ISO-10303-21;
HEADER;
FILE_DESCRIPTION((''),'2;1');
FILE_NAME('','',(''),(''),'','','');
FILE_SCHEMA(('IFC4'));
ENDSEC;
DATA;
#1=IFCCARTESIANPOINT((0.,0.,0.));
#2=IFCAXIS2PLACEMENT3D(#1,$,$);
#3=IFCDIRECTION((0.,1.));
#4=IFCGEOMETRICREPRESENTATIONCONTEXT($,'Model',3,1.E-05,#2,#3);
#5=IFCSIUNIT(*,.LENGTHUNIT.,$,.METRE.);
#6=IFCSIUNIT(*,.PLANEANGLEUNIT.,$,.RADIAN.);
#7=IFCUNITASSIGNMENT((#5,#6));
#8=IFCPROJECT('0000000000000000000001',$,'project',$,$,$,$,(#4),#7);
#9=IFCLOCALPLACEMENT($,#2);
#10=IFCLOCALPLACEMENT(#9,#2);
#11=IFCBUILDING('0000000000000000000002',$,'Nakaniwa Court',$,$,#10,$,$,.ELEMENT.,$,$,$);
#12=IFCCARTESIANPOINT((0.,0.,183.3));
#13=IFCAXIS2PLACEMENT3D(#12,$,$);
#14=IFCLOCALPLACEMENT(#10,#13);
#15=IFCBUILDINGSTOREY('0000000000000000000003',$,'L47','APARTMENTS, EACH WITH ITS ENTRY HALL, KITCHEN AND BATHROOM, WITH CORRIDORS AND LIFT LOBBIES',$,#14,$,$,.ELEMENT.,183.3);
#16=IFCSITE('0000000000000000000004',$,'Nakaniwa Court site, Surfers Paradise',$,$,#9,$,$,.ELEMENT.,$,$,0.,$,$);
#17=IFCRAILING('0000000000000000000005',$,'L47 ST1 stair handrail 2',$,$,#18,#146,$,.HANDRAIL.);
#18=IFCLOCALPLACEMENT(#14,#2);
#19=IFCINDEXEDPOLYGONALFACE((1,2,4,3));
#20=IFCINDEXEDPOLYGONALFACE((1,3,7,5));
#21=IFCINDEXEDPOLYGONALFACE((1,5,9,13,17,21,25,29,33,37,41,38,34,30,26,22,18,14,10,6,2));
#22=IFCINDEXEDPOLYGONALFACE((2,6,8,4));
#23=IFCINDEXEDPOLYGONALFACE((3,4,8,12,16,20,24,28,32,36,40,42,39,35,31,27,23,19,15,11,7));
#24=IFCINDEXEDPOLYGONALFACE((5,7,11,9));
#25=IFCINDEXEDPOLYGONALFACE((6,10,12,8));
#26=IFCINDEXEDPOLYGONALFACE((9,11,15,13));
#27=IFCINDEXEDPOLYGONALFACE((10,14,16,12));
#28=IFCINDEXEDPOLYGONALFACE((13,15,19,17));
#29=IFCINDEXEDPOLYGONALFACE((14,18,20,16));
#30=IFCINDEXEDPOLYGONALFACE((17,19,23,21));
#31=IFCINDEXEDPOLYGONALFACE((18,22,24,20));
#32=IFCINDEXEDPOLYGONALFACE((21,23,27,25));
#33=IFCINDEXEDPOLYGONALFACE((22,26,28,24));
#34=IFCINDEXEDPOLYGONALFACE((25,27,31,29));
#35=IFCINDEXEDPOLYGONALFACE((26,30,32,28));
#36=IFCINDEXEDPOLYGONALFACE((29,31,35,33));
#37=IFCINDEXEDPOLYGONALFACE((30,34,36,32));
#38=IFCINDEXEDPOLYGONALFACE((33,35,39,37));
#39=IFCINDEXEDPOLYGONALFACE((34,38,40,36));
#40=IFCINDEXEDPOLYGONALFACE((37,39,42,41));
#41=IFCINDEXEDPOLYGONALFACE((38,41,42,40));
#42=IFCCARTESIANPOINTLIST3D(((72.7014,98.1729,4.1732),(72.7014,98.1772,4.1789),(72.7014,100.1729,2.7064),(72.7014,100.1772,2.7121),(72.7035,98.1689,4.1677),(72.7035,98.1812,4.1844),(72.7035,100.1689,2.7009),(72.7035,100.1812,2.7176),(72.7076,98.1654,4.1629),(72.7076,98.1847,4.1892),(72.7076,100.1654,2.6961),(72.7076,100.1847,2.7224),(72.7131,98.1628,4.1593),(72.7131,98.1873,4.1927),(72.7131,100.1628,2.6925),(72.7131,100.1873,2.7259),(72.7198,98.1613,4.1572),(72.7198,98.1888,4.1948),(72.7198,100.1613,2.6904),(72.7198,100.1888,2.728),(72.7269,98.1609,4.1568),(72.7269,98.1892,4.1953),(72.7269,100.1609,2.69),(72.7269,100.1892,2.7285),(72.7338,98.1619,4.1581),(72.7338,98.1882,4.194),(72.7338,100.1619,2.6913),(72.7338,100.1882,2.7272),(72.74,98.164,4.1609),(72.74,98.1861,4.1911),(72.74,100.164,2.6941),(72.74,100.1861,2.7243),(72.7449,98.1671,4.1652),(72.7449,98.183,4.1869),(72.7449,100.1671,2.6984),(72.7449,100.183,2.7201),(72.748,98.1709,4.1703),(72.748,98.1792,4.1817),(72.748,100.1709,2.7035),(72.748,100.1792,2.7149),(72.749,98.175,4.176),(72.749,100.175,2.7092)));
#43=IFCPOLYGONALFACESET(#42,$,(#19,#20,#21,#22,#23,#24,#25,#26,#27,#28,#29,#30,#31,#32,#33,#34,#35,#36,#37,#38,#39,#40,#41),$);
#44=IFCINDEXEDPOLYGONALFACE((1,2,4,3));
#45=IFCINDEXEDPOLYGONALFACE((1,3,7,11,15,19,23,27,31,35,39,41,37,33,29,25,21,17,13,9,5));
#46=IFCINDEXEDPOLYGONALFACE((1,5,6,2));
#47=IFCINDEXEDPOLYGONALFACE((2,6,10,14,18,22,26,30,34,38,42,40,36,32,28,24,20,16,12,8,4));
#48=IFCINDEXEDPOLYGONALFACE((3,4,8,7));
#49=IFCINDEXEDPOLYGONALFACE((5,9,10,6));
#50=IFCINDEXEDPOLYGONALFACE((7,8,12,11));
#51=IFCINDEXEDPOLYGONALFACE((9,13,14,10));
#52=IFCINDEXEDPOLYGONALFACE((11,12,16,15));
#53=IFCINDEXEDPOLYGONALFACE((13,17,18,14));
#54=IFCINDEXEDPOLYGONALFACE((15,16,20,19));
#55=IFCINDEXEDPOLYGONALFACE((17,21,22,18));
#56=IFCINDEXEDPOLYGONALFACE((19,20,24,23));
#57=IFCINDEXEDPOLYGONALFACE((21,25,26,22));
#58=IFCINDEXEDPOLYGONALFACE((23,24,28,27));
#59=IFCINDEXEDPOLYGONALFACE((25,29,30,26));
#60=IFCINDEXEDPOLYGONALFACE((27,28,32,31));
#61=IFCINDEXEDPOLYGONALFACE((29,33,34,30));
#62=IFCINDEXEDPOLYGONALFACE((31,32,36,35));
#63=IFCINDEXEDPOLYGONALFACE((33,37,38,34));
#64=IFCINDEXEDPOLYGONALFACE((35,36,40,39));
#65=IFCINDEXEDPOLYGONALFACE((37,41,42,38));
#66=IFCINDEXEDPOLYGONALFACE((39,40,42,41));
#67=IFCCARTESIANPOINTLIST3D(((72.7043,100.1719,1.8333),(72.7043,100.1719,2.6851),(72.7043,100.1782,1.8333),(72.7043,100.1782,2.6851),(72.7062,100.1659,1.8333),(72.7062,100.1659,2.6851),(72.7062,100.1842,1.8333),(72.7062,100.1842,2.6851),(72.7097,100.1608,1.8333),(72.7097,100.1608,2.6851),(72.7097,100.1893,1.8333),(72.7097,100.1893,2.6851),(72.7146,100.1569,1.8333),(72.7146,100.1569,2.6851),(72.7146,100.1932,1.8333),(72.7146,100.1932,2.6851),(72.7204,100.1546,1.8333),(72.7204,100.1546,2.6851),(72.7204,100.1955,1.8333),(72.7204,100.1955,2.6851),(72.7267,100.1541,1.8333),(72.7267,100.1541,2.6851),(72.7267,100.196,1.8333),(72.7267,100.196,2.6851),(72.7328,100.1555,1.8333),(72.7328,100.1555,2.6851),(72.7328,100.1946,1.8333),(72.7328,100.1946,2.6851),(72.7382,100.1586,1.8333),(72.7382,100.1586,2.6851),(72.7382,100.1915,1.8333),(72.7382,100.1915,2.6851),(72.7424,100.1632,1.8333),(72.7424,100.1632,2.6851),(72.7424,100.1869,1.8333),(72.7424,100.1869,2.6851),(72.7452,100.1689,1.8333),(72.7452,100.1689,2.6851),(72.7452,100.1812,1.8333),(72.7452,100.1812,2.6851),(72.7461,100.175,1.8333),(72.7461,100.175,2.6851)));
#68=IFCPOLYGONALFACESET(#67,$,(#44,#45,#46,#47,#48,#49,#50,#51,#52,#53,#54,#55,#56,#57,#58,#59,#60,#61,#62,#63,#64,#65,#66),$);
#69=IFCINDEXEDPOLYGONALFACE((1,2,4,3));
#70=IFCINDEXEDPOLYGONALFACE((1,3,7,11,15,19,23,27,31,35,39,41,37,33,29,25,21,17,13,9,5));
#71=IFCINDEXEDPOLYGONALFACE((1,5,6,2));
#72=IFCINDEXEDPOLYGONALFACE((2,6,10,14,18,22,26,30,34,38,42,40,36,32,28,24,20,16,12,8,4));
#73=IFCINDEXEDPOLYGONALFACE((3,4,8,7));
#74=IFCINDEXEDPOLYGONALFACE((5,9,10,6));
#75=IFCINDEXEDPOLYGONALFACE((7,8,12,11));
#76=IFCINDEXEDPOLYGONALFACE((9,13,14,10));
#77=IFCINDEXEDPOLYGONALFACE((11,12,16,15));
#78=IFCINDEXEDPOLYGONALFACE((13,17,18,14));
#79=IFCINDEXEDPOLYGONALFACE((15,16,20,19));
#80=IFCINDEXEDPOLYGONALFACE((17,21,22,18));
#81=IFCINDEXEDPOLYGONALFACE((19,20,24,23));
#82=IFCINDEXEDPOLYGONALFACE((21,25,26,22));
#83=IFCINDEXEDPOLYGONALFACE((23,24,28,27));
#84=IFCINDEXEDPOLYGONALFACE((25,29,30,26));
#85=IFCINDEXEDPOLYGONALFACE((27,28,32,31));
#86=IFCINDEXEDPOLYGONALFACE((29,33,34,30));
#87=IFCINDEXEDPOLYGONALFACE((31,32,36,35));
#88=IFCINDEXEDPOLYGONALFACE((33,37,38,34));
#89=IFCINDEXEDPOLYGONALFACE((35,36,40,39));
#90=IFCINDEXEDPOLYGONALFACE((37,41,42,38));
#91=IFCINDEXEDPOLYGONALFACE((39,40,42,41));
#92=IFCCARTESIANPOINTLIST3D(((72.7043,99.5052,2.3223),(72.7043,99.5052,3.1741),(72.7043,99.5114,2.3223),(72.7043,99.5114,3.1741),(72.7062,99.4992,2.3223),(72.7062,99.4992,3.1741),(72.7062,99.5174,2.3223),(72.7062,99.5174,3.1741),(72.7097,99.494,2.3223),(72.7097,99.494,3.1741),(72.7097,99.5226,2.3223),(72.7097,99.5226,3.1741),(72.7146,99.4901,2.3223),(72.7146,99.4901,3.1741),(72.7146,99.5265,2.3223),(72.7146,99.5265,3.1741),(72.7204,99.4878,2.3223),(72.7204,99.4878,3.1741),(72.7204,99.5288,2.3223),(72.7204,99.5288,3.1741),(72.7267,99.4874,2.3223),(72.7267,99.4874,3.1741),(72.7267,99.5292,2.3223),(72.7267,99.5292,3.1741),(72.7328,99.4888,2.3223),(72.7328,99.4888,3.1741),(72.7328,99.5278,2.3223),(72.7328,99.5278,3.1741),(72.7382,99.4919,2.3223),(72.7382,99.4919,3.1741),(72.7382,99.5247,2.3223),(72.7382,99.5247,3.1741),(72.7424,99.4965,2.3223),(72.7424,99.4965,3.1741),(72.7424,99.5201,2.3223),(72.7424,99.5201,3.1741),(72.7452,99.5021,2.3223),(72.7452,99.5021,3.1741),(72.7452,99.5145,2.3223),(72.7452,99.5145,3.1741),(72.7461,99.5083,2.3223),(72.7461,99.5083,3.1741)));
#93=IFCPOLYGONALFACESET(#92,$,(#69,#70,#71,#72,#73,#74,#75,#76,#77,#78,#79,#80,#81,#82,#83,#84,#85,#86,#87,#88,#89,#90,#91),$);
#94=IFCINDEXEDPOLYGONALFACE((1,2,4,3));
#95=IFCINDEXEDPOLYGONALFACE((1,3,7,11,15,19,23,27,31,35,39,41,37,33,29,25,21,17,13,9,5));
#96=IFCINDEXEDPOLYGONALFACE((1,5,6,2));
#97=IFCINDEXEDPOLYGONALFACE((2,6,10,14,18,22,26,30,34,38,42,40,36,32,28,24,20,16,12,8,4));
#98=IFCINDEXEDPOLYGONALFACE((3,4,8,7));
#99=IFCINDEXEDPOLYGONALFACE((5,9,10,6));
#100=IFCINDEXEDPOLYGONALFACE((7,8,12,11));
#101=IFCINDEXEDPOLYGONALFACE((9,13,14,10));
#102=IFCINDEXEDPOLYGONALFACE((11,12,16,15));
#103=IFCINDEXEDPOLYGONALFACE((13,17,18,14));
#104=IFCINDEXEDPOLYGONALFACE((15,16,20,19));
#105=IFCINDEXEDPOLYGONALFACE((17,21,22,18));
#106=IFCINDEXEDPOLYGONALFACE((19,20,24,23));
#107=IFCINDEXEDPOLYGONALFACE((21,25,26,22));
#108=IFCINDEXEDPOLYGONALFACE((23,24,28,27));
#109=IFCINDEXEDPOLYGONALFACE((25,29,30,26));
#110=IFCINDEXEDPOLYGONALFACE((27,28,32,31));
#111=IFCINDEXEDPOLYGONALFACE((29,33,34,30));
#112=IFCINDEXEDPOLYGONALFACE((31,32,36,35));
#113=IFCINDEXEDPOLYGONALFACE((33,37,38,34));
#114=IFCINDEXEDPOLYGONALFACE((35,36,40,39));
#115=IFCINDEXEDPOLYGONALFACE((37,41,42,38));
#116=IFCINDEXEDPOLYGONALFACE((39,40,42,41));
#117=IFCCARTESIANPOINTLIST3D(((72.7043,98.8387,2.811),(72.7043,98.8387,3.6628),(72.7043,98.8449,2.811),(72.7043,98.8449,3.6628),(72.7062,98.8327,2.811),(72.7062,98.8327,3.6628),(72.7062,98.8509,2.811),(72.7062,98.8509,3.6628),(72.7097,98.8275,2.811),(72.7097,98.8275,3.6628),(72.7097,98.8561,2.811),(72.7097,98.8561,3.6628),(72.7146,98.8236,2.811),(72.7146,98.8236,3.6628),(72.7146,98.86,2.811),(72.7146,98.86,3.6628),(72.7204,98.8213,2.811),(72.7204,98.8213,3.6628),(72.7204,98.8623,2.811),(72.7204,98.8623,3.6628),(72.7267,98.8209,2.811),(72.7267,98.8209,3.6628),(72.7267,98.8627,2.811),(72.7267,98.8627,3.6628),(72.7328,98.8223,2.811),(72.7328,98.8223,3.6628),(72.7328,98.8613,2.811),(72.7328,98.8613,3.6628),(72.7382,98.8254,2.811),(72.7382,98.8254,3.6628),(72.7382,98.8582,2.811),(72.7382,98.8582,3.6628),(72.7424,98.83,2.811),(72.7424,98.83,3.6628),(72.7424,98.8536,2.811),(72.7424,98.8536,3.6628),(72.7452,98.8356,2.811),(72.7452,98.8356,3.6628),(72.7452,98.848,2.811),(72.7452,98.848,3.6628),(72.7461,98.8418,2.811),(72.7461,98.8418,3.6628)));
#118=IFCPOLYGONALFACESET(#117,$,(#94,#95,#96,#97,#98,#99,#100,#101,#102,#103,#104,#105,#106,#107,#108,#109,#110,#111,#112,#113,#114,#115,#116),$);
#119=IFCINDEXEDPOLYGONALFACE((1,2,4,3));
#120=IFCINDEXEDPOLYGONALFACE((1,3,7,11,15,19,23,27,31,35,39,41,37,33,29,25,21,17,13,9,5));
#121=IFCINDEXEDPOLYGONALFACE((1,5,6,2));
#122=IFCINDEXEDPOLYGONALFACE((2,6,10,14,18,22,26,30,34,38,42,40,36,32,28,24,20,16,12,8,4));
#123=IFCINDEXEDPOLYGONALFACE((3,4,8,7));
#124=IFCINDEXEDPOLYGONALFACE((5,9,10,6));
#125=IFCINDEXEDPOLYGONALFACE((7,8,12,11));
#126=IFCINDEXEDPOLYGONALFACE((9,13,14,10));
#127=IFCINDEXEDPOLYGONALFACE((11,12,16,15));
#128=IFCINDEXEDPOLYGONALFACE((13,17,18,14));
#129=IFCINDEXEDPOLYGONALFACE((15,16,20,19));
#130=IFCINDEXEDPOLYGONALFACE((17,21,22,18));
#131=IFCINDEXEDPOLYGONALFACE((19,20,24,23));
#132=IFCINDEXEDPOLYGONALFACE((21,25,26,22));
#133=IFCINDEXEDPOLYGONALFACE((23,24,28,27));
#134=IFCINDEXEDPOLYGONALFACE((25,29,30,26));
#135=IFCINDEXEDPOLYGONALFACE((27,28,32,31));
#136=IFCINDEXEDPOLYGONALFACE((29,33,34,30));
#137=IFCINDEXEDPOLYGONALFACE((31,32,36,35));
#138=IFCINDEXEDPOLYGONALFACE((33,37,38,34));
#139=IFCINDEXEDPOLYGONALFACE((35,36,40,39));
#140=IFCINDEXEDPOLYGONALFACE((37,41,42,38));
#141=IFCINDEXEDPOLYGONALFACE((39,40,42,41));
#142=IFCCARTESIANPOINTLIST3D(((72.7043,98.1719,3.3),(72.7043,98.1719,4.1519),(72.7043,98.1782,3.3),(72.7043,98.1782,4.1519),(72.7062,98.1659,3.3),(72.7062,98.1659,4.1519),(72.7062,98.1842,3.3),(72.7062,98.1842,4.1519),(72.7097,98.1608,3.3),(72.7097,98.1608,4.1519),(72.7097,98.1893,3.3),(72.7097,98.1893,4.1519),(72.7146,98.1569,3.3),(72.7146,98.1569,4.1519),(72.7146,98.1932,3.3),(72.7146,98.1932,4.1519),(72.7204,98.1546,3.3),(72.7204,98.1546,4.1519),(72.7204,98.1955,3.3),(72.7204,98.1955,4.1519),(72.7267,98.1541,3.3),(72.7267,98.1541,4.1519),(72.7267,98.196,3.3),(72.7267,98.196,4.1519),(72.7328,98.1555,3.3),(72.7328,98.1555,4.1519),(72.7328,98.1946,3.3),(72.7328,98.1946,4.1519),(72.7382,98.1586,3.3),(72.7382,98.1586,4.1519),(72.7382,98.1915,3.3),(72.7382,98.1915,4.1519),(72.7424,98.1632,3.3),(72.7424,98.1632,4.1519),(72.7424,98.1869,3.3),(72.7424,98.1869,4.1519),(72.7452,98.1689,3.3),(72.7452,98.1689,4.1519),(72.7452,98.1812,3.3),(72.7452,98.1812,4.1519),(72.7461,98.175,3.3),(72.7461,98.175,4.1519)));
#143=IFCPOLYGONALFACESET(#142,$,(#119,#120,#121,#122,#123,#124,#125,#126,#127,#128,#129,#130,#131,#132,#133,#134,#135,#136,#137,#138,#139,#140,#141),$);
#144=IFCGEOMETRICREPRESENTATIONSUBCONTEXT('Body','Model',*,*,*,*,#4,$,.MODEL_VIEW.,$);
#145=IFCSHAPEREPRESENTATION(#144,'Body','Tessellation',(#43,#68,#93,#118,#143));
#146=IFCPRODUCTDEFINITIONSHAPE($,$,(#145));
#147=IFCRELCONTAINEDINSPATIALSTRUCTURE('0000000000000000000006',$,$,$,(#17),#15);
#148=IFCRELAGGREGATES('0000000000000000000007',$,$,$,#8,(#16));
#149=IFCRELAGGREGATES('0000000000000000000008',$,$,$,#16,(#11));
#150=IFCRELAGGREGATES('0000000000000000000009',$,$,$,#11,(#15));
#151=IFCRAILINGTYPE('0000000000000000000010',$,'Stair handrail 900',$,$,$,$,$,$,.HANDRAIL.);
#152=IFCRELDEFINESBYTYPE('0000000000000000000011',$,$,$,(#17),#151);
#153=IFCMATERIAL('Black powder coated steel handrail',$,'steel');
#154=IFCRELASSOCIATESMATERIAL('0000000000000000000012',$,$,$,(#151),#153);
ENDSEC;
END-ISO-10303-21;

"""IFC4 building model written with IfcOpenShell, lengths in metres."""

from ifc_helpers import new_model, si_unit, direction, frame, origin, origin_2d, place, context, subcontext, project, spatial, circle, extrude, material, type_object, element, save


model = new_model("IFC4")

# Units and contexts
model_context = context("Model", 3, precision=1e-05, world=origin(), true_north=direction((0.0, 1.0)))
body_context = subcontext(model_context, "Body", "Model", "MODEL_VIEW")
ifc_project = project(units=[si_unit("LENGTHUNIT", "METRE"), si_unit("PLANEANGLEUNIT", "RADIAN")], contexts=[model_context])

# Site, building, storey
site_placement = place(None, origin())
site = spatial("IfcSite", under=ifc_project, at=site_placement, Name="Nakaniwa Court site, Surfers Paradise", CompositionType="ELEMENT", RefElevation=0.0)
building_placement = place(site_placement, origin())
building = spatial("IfcBuilding", under=site, at=building_placement, Name="Nakaniwa Court", CompositionType="ELEMENT")
storey_placement = place(building_placement, frame((0.0, 0.0, 183.3)))
storey = spatial("IfcBuildingStorey", under=building, at=storey_placement, Name="L47", Description="APARTMENTS, EACH WITH ITS ENTRY HALL, KITCHEN AND BATHROOM, WITH CORRIDORS AND LIFT LOBBIES", CompositionType="ELEMENT", Elevation=183.3)

# Railing
ifc_material_1 = material(Name="Black powder coated steel handrail", Category="steel")
railing_type_1 = type_object("IfcRailingType", Name="Stair handrail 900", PredefinedType="HANDRAIL", material=ifc_material_1)
railing_1_placement = place(storey_placement, frame((72.7251, 100.175, 1.8333)))
element("IfcRailing", 1, at=railing_1_placement, inside=storey, type_object=railing_type_1, Name="L47 ST1 stair handrail 2", PredefinedType="HANDRAIL", context=body_context, shape_type="SweptSolid", body=[
    extrude(circle(Radius=0.0239, at=origin_2d()), frame((0.0, 0.0, 0.876), z_axis=(0.0, -0.80638, 0.591398), x_axis=(1.0, 0.0, 0.0)), (0.0, 0.0, 1.0), 2.4802),
    extrude(circle(Radius=0.021, at=origin_2d()), origin(), (0.0, 0.0, 1.0), 0.8518),
    extrude(circle(Radius=0.021, at=origin_2d()), frame((0.0, -0.6667, 0.489)), (0.0, 0.0, 1.0), 0.8518),
    extrude(circle(Radius=0.021, at=origin_2d()), frame((0.0, -1.3333, 0.9778)), (0.0, 0.0, 1.0), 0.8518),
    extrude(circle(Radius=0.021, at=origin_2d()), frame((0.0, -2.0, 1.4668)), (0.0, 0.0, 1.0), 0.8518),
])

save(model, "model.ifc")
